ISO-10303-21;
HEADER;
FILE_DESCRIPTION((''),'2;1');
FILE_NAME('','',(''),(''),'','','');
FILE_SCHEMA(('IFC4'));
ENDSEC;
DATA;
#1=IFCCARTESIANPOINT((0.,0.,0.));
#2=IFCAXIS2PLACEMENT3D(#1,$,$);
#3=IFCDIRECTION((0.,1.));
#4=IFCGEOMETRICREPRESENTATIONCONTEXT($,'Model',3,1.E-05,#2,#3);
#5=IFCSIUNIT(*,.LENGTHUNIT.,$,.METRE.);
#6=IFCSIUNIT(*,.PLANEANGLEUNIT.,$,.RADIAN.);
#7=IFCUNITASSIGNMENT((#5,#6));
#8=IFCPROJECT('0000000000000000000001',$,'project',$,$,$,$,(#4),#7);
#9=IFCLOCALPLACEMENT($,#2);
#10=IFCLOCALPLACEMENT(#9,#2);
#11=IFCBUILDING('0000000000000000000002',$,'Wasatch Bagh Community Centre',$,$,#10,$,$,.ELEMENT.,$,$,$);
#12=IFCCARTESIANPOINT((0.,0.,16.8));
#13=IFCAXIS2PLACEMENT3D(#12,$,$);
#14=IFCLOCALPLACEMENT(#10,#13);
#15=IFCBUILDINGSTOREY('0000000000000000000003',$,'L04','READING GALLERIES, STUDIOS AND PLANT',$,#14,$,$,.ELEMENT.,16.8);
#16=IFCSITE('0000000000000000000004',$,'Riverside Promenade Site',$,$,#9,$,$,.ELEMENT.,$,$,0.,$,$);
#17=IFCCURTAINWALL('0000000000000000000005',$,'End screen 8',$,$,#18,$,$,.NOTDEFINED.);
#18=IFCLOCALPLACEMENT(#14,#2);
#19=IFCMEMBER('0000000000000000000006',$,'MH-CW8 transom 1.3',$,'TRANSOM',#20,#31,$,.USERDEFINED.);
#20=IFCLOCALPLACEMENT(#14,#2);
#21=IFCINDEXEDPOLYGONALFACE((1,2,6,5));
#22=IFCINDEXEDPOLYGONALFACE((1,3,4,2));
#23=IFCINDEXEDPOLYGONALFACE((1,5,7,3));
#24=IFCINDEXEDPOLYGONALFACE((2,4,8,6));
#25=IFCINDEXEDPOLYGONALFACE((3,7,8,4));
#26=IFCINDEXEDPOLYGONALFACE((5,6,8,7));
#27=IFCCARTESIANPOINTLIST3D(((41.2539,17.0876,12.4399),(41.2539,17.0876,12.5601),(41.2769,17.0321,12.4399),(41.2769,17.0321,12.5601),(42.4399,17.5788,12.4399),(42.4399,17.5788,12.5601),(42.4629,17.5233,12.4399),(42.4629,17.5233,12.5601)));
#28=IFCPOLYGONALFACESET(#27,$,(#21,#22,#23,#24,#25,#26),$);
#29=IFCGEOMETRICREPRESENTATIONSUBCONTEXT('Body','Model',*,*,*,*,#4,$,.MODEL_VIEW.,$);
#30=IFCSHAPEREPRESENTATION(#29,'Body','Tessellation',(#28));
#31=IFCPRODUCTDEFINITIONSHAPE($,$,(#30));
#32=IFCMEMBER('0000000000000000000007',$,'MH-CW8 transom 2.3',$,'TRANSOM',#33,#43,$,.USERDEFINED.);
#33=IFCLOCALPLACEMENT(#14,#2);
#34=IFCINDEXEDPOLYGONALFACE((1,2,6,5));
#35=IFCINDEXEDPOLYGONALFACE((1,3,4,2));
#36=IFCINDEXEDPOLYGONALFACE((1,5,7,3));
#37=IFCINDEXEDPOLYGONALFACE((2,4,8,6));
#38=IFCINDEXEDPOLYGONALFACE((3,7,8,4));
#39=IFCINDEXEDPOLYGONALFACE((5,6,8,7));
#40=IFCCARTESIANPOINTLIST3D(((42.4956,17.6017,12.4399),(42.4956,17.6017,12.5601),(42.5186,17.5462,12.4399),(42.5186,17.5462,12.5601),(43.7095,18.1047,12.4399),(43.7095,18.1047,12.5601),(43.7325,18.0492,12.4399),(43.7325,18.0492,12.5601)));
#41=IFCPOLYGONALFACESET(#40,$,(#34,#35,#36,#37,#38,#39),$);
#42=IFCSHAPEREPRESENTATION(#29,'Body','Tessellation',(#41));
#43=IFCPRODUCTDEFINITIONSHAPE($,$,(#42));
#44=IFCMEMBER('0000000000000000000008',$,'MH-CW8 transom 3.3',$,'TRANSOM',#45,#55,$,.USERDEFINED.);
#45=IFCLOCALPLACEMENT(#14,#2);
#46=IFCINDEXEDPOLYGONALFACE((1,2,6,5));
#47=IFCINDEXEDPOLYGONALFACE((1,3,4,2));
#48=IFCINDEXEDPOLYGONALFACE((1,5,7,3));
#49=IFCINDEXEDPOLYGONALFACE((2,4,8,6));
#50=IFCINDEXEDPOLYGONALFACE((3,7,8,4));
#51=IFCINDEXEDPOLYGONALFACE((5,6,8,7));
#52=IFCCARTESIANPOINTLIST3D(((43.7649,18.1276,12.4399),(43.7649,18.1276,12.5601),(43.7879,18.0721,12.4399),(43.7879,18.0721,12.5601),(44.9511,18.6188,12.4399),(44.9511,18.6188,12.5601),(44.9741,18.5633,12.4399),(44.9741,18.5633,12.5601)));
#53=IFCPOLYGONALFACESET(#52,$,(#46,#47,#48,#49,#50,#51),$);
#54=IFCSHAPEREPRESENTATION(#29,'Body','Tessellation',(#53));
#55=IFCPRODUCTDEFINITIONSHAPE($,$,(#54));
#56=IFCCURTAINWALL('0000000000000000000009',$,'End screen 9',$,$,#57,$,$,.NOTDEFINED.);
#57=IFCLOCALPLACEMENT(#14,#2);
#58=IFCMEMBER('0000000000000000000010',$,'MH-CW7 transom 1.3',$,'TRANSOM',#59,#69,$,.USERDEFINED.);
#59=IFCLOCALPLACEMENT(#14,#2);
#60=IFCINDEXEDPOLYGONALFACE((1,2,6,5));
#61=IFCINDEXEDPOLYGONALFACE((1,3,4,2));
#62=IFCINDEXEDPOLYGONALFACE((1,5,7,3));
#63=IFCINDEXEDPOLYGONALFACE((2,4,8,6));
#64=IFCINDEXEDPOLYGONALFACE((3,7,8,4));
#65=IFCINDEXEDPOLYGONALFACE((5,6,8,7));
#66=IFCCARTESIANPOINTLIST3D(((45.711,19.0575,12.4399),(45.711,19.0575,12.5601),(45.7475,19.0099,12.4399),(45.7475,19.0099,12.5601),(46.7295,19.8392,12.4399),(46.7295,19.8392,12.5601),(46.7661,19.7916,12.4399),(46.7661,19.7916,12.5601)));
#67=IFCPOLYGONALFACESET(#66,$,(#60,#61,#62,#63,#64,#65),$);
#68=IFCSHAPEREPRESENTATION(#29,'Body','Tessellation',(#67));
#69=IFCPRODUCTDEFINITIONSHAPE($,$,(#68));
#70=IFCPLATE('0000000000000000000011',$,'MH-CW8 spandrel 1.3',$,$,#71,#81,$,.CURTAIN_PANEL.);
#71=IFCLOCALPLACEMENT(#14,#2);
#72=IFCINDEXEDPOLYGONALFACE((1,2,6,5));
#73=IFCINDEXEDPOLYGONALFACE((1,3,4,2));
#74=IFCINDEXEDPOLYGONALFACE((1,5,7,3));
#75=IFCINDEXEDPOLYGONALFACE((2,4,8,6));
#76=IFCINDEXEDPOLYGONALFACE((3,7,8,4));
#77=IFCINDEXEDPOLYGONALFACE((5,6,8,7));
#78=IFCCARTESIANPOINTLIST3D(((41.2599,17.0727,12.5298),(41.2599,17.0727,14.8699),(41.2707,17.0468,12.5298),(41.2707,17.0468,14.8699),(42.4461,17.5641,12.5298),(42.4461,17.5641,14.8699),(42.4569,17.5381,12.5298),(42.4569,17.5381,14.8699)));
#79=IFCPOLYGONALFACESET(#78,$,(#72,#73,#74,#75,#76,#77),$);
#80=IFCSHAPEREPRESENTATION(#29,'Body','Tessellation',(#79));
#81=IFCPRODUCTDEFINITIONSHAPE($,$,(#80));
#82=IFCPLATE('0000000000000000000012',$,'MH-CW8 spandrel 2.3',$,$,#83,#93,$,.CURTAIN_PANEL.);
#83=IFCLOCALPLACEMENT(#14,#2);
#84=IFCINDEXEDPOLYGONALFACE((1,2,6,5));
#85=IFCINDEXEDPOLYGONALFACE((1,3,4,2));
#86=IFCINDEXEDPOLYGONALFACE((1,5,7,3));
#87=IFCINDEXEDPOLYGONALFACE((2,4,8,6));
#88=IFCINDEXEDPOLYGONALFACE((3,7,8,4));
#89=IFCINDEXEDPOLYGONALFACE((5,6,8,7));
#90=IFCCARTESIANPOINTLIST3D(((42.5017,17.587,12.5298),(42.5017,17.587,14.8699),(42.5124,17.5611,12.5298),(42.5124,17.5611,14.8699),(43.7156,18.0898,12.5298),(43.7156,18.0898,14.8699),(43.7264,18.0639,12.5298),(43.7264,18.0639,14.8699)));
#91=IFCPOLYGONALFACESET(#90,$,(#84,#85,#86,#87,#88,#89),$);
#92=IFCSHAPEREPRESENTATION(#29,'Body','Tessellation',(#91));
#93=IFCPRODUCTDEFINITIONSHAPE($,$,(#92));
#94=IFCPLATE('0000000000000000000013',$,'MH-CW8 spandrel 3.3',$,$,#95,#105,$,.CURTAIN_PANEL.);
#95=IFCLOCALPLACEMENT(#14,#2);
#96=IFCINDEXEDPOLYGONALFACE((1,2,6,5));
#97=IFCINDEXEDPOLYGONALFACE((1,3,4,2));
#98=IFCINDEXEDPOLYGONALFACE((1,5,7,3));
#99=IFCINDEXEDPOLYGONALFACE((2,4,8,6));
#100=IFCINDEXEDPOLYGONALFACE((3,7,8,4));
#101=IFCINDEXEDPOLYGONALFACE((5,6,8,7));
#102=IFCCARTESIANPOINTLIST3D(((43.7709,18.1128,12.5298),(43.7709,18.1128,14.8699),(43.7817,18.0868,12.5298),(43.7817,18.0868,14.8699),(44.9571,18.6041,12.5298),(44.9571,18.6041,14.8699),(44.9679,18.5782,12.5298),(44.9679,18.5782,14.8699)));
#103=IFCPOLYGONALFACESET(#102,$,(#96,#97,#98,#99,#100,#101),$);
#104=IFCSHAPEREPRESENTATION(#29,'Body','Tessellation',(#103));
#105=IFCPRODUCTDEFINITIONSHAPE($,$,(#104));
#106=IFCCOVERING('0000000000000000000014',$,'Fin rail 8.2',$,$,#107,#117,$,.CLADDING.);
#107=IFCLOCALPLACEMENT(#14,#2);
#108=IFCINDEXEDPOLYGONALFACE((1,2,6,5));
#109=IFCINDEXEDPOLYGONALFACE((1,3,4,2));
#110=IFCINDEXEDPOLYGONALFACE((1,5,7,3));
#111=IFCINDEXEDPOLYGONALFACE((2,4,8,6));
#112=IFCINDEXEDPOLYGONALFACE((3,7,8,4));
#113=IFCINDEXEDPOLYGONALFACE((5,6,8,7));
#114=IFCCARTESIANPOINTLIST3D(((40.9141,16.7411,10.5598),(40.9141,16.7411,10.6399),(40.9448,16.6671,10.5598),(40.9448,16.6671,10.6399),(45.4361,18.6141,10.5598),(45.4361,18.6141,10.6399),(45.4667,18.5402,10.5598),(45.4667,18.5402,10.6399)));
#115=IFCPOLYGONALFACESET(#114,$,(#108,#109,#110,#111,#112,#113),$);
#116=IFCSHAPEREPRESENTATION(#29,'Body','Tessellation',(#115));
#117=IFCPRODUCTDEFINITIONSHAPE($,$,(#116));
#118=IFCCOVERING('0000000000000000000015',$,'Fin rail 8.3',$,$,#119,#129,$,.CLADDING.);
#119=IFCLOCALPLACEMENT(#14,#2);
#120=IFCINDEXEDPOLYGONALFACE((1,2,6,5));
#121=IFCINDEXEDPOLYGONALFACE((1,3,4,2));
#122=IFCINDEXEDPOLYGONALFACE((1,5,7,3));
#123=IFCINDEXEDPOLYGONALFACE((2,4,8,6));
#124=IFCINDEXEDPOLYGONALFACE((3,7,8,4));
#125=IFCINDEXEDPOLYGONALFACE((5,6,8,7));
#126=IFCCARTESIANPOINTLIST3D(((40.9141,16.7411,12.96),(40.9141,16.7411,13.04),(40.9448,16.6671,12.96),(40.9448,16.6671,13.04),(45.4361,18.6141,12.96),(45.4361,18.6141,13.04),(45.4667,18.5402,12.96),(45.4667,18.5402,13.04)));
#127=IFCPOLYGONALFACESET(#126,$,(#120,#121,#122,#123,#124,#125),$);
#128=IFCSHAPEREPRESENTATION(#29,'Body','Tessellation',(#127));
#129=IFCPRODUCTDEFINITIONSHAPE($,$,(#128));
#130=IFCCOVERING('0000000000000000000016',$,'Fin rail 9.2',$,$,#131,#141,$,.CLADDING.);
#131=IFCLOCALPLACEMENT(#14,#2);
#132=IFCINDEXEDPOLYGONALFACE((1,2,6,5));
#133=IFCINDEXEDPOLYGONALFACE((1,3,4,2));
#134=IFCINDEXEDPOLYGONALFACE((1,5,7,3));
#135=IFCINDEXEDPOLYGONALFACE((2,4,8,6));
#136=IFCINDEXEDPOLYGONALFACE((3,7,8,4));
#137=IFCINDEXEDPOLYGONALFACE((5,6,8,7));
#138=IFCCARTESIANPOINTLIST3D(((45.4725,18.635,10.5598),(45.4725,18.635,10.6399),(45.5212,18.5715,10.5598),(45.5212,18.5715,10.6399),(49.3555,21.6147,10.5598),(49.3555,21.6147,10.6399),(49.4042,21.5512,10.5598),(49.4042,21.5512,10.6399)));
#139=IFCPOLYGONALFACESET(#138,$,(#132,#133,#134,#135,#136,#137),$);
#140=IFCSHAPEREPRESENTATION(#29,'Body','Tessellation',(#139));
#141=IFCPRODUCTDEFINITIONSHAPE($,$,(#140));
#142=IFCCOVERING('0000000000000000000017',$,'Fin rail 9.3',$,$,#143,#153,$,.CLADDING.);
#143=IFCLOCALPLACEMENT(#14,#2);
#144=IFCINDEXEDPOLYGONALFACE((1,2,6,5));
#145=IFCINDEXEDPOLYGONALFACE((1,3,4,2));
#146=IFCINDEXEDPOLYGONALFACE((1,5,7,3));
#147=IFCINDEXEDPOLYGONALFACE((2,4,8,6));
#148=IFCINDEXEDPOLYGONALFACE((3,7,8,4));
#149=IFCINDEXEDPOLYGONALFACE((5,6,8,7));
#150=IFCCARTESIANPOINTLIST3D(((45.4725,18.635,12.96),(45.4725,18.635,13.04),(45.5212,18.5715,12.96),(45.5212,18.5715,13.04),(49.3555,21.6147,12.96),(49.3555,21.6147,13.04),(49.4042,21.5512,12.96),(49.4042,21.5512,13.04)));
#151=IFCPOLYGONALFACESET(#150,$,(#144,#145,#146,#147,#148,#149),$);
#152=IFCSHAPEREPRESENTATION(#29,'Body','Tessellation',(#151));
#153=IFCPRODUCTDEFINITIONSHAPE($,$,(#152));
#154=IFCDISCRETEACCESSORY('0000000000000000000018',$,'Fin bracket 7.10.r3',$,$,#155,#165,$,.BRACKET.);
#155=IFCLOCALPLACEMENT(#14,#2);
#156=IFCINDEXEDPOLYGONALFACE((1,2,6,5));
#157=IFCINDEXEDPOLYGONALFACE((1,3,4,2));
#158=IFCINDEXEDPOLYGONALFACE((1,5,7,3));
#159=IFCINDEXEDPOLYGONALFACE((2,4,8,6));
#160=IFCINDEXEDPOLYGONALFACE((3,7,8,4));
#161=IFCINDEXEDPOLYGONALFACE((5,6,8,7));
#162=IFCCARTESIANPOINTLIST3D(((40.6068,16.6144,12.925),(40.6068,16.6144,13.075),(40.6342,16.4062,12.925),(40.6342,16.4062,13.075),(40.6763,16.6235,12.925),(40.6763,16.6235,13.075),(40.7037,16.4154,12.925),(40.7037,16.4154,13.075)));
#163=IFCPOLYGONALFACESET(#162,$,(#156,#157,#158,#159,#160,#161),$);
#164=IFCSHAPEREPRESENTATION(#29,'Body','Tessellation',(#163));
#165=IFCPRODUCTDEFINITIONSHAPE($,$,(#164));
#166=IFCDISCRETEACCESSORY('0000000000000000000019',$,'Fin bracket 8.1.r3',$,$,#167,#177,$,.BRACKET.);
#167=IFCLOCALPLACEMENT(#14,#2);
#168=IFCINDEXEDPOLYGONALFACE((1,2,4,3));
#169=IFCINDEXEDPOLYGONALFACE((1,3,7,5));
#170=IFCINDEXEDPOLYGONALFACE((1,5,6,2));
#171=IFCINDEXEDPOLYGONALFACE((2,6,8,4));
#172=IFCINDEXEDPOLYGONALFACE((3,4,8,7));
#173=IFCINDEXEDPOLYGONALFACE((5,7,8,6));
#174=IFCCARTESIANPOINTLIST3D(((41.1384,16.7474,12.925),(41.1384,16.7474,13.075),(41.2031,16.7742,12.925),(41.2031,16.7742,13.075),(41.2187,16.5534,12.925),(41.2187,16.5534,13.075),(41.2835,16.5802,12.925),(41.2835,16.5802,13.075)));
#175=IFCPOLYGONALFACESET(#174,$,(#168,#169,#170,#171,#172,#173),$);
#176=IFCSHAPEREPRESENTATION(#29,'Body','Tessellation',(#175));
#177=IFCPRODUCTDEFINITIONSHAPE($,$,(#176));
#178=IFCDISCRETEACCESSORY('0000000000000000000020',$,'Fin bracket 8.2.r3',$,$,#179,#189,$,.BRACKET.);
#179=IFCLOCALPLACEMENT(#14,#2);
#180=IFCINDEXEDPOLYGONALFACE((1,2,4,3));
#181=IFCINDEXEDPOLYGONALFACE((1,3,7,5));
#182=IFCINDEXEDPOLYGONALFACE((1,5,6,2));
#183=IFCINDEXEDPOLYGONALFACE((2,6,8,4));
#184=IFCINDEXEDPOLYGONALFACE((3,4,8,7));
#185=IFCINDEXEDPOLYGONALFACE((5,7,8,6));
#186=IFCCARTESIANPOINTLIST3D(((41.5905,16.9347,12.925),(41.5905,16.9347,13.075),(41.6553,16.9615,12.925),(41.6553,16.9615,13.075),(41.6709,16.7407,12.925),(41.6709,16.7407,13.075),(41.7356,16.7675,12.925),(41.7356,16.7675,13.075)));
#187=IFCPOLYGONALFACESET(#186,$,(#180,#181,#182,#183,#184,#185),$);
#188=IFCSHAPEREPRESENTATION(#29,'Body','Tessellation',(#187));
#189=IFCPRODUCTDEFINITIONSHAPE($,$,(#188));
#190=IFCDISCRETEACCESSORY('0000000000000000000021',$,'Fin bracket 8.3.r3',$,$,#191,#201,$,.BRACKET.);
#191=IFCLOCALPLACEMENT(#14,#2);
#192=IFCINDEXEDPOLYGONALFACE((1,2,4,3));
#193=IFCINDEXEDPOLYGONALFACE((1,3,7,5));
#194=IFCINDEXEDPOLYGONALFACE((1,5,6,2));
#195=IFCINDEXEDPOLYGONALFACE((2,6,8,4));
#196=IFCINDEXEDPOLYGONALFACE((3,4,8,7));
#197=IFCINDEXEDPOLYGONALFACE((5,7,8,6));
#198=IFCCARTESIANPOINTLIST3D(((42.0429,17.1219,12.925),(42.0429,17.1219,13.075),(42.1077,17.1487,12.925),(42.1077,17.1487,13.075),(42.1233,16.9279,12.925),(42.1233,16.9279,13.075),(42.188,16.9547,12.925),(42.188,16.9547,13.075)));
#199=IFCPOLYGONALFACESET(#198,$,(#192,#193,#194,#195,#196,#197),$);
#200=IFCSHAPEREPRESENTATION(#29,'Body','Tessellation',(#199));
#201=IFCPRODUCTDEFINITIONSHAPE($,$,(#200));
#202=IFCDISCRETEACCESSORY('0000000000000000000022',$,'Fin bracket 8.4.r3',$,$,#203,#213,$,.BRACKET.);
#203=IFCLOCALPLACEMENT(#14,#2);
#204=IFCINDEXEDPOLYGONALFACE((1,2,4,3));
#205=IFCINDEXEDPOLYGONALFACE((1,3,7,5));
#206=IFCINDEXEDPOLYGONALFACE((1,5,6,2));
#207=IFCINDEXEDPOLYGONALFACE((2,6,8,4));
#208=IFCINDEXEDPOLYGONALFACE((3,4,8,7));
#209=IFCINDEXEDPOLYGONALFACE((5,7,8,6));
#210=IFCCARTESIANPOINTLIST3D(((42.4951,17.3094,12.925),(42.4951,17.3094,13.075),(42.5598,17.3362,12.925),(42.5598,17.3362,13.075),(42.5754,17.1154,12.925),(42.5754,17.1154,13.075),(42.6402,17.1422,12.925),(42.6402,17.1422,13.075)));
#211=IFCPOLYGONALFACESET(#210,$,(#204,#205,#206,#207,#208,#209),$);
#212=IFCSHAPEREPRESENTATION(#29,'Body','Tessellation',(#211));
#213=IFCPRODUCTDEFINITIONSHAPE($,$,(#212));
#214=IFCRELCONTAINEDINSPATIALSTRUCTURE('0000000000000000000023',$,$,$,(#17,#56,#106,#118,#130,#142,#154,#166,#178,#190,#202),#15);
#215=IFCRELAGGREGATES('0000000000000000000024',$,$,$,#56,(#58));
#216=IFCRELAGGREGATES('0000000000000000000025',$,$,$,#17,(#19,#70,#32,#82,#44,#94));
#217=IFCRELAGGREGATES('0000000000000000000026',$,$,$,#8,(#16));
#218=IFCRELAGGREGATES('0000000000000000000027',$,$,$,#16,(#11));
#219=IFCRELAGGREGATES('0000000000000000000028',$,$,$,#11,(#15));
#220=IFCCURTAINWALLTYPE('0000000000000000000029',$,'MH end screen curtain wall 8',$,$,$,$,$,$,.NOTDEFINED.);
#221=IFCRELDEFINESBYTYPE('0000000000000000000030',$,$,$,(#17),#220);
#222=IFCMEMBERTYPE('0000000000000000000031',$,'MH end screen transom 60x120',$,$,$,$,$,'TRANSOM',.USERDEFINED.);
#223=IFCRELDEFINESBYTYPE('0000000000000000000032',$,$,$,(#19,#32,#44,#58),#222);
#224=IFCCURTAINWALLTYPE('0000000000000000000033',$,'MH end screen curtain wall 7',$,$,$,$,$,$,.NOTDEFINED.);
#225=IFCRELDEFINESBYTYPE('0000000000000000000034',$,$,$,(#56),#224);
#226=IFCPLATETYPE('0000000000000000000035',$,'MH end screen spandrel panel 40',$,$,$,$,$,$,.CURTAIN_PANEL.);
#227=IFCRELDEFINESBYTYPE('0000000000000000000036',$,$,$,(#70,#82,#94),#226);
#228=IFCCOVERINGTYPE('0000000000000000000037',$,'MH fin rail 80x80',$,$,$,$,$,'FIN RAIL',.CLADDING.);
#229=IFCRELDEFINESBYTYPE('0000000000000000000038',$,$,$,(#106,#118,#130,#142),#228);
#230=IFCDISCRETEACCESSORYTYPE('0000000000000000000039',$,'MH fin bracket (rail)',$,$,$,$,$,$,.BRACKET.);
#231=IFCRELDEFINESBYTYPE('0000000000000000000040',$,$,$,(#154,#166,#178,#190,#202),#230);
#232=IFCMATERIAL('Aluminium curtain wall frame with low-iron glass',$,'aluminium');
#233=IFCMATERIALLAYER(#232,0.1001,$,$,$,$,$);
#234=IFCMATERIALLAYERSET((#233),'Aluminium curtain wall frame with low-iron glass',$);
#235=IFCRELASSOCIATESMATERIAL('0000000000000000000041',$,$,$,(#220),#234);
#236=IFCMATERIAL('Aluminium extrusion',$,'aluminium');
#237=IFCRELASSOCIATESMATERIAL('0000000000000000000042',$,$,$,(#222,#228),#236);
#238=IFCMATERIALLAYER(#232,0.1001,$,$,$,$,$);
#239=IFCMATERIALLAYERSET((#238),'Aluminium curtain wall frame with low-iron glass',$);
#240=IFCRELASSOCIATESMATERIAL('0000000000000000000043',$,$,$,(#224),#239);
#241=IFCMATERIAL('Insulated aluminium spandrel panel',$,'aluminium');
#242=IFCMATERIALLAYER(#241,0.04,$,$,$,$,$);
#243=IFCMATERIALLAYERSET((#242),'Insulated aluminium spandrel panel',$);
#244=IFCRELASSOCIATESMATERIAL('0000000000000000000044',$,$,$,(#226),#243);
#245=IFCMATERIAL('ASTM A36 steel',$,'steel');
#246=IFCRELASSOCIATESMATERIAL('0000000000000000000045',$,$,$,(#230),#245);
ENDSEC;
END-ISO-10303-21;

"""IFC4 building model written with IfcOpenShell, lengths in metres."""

from ifc_helpers import new_model, si_unit, direction, frame, origin, origin_2d, place, context, subcontext, project, spatial, rectangle, extrude, material, layer, layer_set, material_profile, profile_set, type_object, element, aggregate, save


model = new_model("IFC4")

# Units and contexts
model_context = context("Model", 3, precision=1e-05, world=origin(), true_north=direction((0.0, 1.0)))
body_context = subcontext(model_context, "Body", "Model", "MODEL_VIEW")
ifc_project = project(units=[si_unit("LENGTHUNIT", "METRE"), si_unit("PLANEANGLEUNIT", "RADIAN")], contexts=[model_context])

# Site, building, storey
site_placement = place(None, origin())
site = spatial("IfcSite", under=ifc_project, at=site_placement, Name="Riverside Promenade Site", CompositionType="ELEMENT", RefElevation=0.0)
building_placement = place(site_placement, origin())
building = spatial("IfcBuilding", under=site, at=building_placement, Name="Wasatch Bagh Community Centre", CompositionType="ELEMENT")
storey_placement = place(building_placement, frame((0.0, 0.0, 16.8)))
storey = spatial("IfcBuildingStorey", under=building, at=storey_placement, Name="L04", Description="READING GALLERIES, STUDIOS AND PLANT", CompositionType="ELEMENT", Elevation=16.8)

# Curtain wall, members
ifc_material_1 = material(Name="Aluminium curtain wall frame with low-iron glass", Category="aluminium")
ifc_layer_1 = layer(ifc_material_1, 0.1001)
ifc_layer_set_1 = layer_set([ifc_layer_1], Name="Aluminium curtain wall frame with low-iron glass")
curtain_wall_type_1 = type_object("IfcCurtainWallType", Name="MH end screen curtain wall 8", PredefinedType="NOTDEFINED", material=ifc_layer_set_1)
curtain_wall_1_placement = place(storey_placement, origin())
curtain_wall_1 = element("IfcCurtainWall", 1, at=curtain_wall_1_placement, inside=storey, type_object=curtain_wall_type_1, Name="End screen 8", PredefinedType="NOTDEFINED")
ifc_material_2 = material(Name="Aluminium extrusion", Category="aluminium")
ifc_material_profile_1 = material_profile(ifc_material_2, rectangle(XDim=0.0601, YDim=0.1201, at=origin_2d()), Name="AL 60x120")
ifc_profile_set_1 = profile_set([ifc_material_profile_1], Name="Aluminium extrusion")
member_type = type_object("IfcMemberType", Name="MH end screen transom 60x120", ElementType="TRANSOM", PredefinedType="USERDEFINED", material=ifc_profile_set_1)
member_1_placement = place(storey_placement, frame((41.2654, 17.0598, 12.5), z_axis=(0.923896, 0.382643, 0.0), x_axis=(-0.382643, 0.923896, 0.0)))
member_1 = element("IfcMember", 2, at=member_1_placement, type_object=member_type, Name="MH-CW8 transom 1.3", ObjectType="TRANSOM", PredefinedType="USERDEFINED", context=body_context, shape_type="SweptSolid", body=[
    extrude(rectangle(XDim=0.0601, YDim=0.1201, at=origin_2d()), origin(), (0.0, 0.0, 1.0), 1.2837),
])
member_2_placement = place(storey_placement, frame((42.5071, 17.574, 12.5), z_axis=(0.923845, 0.382768, 0.0), x_axis=(-0.382768, 0.923845, 0.0)))
member_2 = element("IfcMember", 3, at=member_2_placement, type_object=member_type, Name="MH-CW8 transom 2.3", ObjectType="TRANSOM", PredefinedType="USERDEFINED", context=body_context, shape_type="SweptSolid", body=[
    extrude(rectangle(XDim=0.0601, YDim=0.1201, at=origin_2d()), origin(), (0.0, 0.0, 1.0), 1.314),
])
member_3_placement = place(storey_placement, frame((43.7764, 18.0999, 12.5), z_axis=(0.923924, 0.382576, 0.0), x_axis=(-0.382576, 0.923924, 0.0)))
member_3 = element("IfcMember", 4, at=member_3_placement, type_object=member_type, Name="MH-CW8 transom 3.3", ObjectType="TRANSOM", PredefinedType="USERDEFINED", context=body_context, shape_type="SweptSolid", body=[
    extrude(rectangle(XDim=0.0601, YDim=0.1201, at=origin_2d()), origin(), (0.0, 0.0, 1.0), 1.2839),
])

# Curtain wall, member
ifc_layer_2 = layer(ifc_material_1, 0.1001)
ifc_layer_set_2 = layer_set([ifc_layer_2], Name="Aluminium curtain wall frame with low-iron glass")
curtain_wall_type_2 = type_object("IfcCurtainWallType", Name="MH end screen curtain wall 7", PredefinedType="NOTDEFINED", material=ifc_layer_set_2)
curtain_wall_2_placement = place(storey_placement, origin())
curtain_wall_2 = element("IfcCurtainWall", 5, at=curtain_wall_2_placement, inside=storey, type_object=curtain_wall_type_2, Name="End screen 9", PredefinedType="NOTDEFINED")
member_4_placement = place(storey_placement, frame((45.7292, 19.0337, 12.5), z_axis=(0.793288, 0.608847, 0.0), x_axis=(-0.608847, 0.793288, 0.0)))
member_4 = element("IfcMember", 6, at=member_4_placement, type_object=member_type, Name="MH-CW7 transom 1.3", ObjectType="TRANSOM", PredefinedType="USERDEFINED", context=body_context, shape_type="SweptSolid", body=[
    extrude(rectangle(XDim=0.0601, YDim=0.1201, at=origin_2d()), origin(), (0.0, 0.0, 1.0), 1.2839),
])
aggregate(curtain_wall_2, [member_4])

# Plates
ifc_material_3 = material(Name="Insulated aluminium spandrel panel", Category="aluminium")
ifc_layer_3 = layer(ifc_material_3, 0.04)
ifc_layer_set_3 = layer_set([ifc_layer_3], Name="Insulated aluminium spandrel panel")
plate_type = type_object("IfcPlateType", Name="MH end screen spandrel panel 40", PredefinedType="CURTAIN_PANEL", material=ifc_layer_set_3)
plate_1_placement = place(storey_placement, frame((41.8584, 17.3054, 12.5298), z_axis=(0.0, 0.0, 1.0), x_axis=(0.92388, 0.382683, 0.0)))
plate_1 = element("IfcPlate", 7, at=plate_1_placement, type_object=plate_type, Name="MH-CW8 spandrel 1.3", PredefinedType="CURTAIN_PANEL", context=body_context, shape_type="SweptSolid", body=[
    extrude(rectangle(XDim=1.2839, YDim=0.0281, at=origin_2d()), origin(), (0.0, 0.0, 1.0), 2.3401),
])
plate_2_placement = place(storey_placement, frame((43.114, 17.8254, 12.5298), z_axis=(0.0, 0.0, 1.0), x_axis=(0.92388, 0.382683, 0.0)))
plate_2 = element("IfcPlate", 8, at=plate_2_placement, type_object=plate_type, Name="MH-CW8 spandrel 2.3", PredefinedType="CURTAIN_PANEL", context=body_context, shape_type="SweptSolid", body=[
    extrude(rectangle(XDim=1.314, YDim=0.0281, at=origin_2d()), origin(), (0.0, 0.0, 1.0), 2.3401),
])
plate_3_placement = place(storey_placement, frame((44.3694, 18.3455, 12.5298), z_axis=(0.0, 0.0, 1.0), x_axis=(0.92388, 0.382683, 0.0)))
plate_3 = element("IfcPlate", 9, at=plate_3_placement, type_object=plate_type, Name="MH-CW8 spandrel 3.3", PredefinedType="CURTAIN_PANEL", context=body_context, shape_type="SweptSolid", body=[
    extrude(rectangle(XDim=1.2839, YDim=0.0281, at=origin_2d()), origin(), (0.0, 0.0, 1.0), 2.3401),
])
aggregate(curtain_wall_1, [member_1, plate_1, member_2, plate_2, member_3, plate_3])

# Coverings
ifc_material_profile_2 = material_profile(ifc_material_2, rectangle(XDim=0.0801, YDim=0.0801, at=origin_2d()), Name="AL 80x80")
ifc_profile_set_2 = profile_set([ifc_material_profile_2], Name="Aluminium extrusion")
covering_type = type_object("IfcCoveringType", Name="MH fin rail 80x80", ElementType="FIN RAIL", PredefinedType="CLADDING", material=ifc_profile_set_2)
for number, where, z_axis, x_axis, name in (
    (10, (40.9294, 16.7041, 10.5999), (0.923881, 0.382681, 0.0), (-0.382681, 0.923881, 0.0), "Fin rail 8.2"),
    (11, (40.9294, 16.7041, 13.0), (0.923881, 0.382681, 0.0), (-0.382681, 0.923881, 0.0), "Fin rail 8.3"),
    (12, (45.4968, 18.6033, 10.5999), (0.793337, 0.608782, 0.0), (-0.608782, 0.793337, 0.0), "Fin rail 9.2"),
    (13, (45.4968, 18.6033, 13.0), (0.793337, 0.608782, 0.0), (-0.608782, 0.793337, 0.0), "Fin rail 9.3"),
):
    element("IfcCovering", number, at=place(storey_placement, frame(where, z_axis=z_axis, x_axis=x_axis)), inside=storey, type_object=covering_type, Name=name, PredefinedType="CLADDING", context=body_context, shape_type="SweptSolid", body=[
        extrude(rectangle(XDim=0.0801, YDim=0.0801, at=origin_2d()), origin(), (0.0, 0.0, 1.0), 4.8945),
    ])

# Discrete accessories
ifc_material_4 = material(Name="ASTM A36 steel", Category="steel")
discrete_accessory_type_1 = type_object("IfcDiscreteAccessoryType", Name="MH fin bracket (rail)", PredefinedType="BRACKET", material=ifc_material_4)
for number, where, z_axis, x_axis, name in (
    (14, (40.6553, 16.5149, 12.925), (0.0, 0.0, 1.0), (0.991445, 0.130526, 0.0), "Fin bracket 7.10.r3"),
    (15, (41.2109, 16.6638, 12.925), (0.0, 0.0, 1.0), (0.92388, 0.382683, 0.0), "Fin bracket 8.1.r3"),
    (16, (41.6631, 16.8511, 12.925), (0.0, 0.0, 1.0), (0.92388, 0.382683, 0.0), "Fin bracket 8.2.r3"),
    (17, (42.1155, 17.0383, 12.925), (0.0, 0.0, 1.0), (0.92388, 0.382683, 0.0), "Fin bracket 8.3.r3"),
    (18, (42.5676, 17.2258, 12.925), (0.0, 0.0, 1.0), (0.92388, 0.382683, 0.0), "Fin bracket 8.4.r3"),
):
    element("IfcDiscreteAccessory", number, at=place(storey_placement, frame(where, z_axis=z_axis, x_axis=x_axis)), inside=storey, type_object=discrete_accessory_type_1, Name=name, PredefinedType="BRACKET", context=body_context, shape_type="SweptSolid", body=[
        extrude(rectangle(XDim=0.0701, YDim=0.21, at=origin_2d()), origin(), (0.0, 0.0, 1.0), 0.1499),
    ])

save(model, "model.ifc")
